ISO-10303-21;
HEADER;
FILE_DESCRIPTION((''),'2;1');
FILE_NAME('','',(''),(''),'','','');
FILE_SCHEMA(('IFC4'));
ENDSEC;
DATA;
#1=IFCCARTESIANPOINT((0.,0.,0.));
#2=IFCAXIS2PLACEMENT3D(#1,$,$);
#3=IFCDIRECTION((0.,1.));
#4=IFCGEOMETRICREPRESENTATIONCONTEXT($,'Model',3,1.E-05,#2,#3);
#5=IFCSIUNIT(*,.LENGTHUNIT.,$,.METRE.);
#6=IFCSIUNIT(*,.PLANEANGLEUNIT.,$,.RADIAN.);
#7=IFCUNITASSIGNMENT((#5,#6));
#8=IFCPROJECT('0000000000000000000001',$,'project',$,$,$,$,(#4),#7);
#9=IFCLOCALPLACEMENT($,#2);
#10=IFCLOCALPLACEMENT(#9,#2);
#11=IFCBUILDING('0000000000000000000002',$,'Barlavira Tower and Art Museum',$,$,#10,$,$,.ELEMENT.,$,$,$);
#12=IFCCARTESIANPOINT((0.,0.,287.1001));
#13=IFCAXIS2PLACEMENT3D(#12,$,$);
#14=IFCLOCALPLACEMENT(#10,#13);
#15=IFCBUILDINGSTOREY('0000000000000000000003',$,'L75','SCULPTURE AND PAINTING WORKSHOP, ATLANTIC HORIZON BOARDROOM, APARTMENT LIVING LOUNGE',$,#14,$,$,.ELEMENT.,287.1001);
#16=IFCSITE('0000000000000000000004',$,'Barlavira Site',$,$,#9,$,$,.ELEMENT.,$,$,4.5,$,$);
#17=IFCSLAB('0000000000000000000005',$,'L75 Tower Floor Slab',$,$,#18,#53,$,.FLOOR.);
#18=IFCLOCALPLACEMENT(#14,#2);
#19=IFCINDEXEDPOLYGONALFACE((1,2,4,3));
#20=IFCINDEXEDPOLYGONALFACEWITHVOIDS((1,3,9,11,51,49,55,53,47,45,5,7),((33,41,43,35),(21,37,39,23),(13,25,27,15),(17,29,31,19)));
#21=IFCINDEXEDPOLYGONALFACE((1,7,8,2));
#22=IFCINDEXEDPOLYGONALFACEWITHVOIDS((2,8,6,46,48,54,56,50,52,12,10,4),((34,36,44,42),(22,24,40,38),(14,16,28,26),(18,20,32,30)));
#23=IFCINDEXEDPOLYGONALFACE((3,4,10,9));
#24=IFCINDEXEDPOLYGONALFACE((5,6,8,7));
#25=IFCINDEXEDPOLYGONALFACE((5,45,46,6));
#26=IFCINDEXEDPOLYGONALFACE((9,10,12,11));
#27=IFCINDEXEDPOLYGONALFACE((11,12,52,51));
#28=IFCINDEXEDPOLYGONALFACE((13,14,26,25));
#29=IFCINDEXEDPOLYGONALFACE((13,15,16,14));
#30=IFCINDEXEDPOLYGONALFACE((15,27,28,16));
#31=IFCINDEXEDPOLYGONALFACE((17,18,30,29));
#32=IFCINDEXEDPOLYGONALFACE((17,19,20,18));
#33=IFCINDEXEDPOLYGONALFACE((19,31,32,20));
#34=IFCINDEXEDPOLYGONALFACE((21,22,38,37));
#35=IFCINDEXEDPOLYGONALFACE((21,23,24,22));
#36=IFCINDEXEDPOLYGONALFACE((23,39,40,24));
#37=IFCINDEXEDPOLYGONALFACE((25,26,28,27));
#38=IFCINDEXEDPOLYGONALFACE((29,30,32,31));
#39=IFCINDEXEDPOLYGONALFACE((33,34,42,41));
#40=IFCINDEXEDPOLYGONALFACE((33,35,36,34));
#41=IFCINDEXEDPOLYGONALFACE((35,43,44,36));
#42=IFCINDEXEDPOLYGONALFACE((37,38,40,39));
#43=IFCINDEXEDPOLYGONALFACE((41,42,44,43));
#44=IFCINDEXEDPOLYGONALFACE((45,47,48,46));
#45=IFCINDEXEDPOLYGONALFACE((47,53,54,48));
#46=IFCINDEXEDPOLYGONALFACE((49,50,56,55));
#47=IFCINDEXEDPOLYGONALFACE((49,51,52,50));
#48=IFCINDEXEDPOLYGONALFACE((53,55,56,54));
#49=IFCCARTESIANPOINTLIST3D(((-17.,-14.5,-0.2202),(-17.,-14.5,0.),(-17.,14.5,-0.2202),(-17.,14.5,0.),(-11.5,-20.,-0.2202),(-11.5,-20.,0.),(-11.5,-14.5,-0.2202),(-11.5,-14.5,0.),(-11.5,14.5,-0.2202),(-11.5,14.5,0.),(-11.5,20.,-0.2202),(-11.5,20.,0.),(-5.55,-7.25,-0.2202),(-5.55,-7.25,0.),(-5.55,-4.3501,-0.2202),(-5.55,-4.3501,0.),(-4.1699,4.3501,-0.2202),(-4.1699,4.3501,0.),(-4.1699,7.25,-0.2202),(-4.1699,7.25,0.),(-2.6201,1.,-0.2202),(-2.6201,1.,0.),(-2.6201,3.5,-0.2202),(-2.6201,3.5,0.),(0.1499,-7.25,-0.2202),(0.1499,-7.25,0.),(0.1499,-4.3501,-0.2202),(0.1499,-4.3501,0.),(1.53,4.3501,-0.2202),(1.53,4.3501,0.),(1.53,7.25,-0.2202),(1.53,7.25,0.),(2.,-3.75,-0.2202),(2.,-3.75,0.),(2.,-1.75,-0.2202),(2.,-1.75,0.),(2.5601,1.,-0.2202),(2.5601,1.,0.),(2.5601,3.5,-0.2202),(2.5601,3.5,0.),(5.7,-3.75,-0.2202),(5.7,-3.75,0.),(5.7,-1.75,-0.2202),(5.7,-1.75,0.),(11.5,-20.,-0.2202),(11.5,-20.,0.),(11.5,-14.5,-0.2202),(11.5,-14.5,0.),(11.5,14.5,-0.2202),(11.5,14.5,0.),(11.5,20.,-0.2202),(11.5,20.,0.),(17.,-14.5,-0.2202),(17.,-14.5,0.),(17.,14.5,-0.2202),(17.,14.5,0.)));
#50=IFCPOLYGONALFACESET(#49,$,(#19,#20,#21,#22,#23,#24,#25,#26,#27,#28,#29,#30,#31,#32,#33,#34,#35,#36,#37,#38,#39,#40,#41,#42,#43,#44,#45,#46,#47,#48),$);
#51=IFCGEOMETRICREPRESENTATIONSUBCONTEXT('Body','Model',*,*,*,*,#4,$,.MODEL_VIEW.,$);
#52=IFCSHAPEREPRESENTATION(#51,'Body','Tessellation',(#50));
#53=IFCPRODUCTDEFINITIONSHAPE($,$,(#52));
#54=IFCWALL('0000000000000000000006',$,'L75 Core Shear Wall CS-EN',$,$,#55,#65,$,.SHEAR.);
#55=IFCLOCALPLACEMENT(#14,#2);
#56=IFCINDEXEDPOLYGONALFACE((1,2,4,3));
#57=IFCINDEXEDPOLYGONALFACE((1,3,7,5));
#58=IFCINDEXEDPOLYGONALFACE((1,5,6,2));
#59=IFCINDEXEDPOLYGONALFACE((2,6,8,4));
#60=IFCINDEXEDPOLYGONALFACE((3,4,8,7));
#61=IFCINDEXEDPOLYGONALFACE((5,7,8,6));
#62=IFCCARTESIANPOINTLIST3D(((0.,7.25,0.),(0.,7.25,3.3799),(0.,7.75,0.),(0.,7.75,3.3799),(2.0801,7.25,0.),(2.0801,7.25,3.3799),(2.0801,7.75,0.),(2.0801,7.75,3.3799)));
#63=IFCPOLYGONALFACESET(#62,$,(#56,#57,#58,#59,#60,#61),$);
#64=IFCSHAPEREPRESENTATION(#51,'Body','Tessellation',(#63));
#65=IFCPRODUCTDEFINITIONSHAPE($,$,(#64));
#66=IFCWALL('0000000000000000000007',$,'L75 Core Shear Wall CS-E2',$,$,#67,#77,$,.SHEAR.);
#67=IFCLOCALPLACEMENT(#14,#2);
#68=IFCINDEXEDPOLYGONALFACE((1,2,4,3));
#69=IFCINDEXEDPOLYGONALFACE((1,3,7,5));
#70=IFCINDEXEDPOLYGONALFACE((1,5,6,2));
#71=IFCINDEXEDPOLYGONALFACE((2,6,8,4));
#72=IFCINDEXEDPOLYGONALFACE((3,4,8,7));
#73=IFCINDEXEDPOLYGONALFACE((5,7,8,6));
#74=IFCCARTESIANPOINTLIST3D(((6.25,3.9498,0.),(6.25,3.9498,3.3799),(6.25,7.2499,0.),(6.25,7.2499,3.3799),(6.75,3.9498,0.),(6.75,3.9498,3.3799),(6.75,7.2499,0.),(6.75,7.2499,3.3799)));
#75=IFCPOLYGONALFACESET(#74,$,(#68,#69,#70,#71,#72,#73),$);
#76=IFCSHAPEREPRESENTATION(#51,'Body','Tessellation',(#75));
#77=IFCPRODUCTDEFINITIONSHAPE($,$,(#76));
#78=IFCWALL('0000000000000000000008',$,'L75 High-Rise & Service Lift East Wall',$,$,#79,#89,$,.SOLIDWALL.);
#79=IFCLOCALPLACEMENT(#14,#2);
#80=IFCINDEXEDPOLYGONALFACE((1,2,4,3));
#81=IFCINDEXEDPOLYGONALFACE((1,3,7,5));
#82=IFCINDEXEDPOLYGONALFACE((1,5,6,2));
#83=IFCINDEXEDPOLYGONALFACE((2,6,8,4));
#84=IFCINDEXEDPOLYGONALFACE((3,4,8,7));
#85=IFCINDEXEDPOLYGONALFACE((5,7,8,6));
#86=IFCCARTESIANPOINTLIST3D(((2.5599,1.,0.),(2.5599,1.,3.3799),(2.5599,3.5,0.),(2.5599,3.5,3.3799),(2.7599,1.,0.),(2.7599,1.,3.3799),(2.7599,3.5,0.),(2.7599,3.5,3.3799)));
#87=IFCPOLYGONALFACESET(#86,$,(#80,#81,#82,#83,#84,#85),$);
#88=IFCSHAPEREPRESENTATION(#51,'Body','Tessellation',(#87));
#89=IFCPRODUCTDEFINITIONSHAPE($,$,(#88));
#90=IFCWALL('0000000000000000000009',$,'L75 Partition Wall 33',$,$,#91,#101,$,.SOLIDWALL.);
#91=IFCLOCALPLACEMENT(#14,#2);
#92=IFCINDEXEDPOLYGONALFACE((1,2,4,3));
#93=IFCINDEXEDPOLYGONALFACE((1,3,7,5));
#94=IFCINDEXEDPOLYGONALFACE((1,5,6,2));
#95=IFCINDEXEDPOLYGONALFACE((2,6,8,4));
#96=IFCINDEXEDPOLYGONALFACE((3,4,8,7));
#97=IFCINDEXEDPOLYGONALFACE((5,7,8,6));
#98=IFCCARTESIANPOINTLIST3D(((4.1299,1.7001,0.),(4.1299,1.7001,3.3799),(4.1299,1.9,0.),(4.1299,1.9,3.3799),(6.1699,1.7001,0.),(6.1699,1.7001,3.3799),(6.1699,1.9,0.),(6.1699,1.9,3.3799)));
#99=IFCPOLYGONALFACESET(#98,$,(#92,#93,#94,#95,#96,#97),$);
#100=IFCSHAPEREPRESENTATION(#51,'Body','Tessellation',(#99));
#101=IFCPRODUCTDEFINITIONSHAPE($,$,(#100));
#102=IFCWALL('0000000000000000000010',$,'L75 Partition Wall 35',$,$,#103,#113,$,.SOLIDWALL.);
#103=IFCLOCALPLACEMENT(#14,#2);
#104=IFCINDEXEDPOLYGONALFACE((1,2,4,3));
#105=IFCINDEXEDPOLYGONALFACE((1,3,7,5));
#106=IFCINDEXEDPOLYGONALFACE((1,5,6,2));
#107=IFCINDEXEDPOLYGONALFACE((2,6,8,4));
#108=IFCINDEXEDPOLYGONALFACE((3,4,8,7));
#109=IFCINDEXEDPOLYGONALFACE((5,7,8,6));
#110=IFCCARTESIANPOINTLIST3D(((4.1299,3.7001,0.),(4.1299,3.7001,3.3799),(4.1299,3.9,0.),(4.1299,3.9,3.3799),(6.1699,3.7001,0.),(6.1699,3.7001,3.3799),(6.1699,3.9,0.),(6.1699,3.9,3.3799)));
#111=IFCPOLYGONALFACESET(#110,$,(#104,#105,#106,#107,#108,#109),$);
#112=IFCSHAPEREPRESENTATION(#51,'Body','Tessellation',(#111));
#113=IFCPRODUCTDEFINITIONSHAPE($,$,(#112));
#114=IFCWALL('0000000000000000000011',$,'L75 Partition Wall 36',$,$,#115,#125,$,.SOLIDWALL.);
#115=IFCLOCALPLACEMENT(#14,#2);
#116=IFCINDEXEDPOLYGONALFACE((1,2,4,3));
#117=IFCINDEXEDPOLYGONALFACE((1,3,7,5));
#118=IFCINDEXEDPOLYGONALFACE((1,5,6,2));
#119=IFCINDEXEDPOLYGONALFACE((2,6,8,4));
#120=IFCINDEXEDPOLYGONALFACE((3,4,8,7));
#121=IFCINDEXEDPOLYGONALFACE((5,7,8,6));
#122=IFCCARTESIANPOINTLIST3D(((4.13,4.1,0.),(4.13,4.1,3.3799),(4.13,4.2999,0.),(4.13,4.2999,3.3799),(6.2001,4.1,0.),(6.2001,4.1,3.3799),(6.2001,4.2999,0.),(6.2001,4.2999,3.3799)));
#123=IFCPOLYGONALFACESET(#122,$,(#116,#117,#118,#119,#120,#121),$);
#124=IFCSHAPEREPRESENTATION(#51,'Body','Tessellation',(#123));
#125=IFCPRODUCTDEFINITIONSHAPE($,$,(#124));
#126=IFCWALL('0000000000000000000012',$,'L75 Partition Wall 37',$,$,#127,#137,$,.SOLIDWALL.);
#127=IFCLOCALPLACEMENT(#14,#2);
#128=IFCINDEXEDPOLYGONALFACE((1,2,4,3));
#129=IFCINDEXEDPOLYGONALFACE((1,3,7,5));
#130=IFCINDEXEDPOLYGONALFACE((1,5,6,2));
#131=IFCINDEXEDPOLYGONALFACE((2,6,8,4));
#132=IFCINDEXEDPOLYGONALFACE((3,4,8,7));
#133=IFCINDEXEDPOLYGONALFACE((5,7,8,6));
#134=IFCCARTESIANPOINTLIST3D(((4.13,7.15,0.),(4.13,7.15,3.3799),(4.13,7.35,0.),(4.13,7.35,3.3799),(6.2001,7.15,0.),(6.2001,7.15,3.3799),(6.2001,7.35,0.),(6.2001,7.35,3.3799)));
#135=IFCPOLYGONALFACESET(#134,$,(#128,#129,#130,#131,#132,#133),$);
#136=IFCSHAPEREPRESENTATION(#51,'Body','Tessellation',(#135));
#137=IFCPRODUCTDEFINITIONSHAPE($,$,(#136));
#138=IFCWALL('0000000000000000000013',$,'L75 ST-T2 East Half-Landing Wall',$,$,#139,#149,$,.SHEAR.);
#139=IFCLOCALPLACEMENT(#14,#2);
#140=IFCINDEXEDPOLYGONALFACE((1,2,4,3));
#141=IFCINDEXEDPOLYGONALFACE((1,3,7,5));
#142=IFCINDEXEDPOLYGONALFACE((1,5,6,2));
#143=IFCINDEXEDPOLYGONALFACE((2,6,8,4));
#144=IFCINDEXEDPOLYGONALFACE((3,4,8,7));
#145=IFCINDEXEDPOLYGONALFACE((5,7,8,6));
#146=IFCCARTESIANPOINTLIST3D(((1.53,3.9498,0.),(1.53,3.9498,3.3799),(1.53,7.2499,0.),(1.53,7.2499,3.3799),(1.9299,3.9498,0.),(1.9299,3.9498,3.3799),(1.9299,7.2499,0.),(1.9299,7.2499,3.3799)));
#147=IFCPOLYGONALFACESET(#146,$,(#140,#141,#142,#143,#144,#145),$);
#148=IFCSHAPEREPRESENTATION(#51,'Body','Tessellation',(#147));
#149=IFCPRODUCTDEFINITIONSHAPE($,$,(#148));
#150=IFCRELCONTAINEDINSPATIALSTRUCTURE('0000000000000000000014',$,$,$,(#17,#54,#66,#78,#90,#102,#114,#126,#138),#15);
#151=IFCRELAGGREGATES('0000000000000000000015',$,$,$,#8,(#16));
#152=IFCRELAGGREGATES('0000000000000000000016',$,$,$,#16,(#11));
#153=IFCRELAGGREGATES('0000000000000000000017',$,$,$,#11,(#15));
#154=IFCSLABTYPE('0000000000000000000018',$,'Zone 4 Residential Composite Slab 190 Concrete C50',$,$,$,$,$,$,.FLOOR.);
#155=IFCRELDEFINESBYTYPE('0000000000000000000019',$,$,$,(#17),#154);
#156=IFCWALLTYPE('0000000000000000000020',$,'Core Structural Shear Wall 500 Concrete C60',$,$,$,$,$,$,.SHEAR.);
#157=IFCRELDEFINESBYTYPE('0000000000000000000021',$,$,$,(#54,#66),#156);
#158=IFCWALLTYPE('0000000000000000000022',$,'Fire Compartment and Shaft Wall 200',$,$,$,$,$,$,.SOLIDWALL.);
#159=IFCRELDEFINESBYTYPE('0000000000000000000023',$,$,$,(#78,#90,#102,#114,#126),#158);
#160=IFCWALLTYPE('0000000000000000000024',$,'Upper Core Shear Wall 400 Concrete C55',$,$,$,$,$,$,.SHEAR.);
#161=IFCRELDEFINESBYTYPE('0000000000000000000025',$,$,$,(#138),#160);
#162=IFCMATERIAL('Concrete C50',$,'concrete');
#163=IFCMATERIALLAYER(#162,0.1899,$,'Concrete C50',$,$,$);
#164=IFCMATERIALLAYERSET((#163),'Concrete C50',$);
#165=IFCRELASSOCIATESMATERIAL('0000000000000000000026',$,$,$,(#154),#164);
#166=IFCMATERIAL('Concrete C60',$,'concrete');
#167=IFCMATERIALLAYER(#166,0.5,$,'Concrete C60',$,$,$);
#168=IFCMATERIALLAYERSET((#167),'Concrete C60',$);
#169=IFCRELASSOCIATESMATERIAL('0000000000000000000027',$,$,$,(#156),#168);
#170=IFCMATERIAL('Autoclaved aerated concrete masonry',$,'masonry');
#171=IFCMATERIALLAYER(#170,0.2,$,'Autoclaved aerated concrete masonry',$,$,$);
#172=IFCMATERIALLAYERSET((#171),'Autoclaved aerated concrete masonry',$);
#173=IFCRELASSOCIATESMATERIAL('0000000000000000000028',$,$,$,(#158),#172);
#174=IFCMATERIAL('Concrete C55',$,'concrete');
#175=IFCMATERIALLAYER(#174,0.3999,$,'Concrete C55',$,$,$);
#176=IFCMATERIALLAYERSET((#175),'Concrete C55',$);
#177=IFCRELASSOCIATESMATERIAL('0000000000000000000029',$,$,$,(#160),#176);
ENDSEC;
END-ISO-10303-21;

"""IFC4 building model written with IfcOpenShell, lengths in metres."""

from ifc_helpers import new_model, si_unit, direction, frame, frame_2d, origin, place, context, subcontext, project, spatial, polyline, rectangle, outline, extrude, material, layer, layer_set, type_object, element, save


model = new_model("IFC4")

# Units and contexts
model_context = context("Model", 3, precision=1e-05, world=origin(), true_north=direction((0.0, 1.0)))
body_context = subcontext(model_context, "Body", "Model", "MODEL_VIEW")
ifc_project = project(units=[si_unit("LENGTHUNIT", "METRE"), si_unit("PLANEANGLEUNIT", "RADIAN")], contexts=[model_context])

# Site, building, storey
site_placement = place(None, origin())
site = spatial("IfcSite", under=ifc_project, at=site_placement, Name="Barlavira Site", CompositionType="ELEMENT", RefElevation=4.5)
building_placement = place(site_placement, origin())
building = spatial("IfcBuilding", under=site, at=building_placement, Name="Barlavira Tower and Art Museum", CompositionType="ELEMENT")
storey_placement = place(building_placement, frame((0.0, 0.0, 287.1001)))
storey = spatial("IfcBuildingStorey", under=building, at=storey_placement, Name="L75", Description="SCULPTURE AND PAINTING WORKSHOP, ATLANTIC HORIZON BOARDROOM, APARTMENT LIVING LOUNGE", CompositionType="ELEMENT", Elevation=287.1001)

# Slab
ifc_material_1 = material(Name="Concrete C50", Category="concrete")
ifc_layer_1 = layer(ifc_material_1, 0.1899, Name="Concrete C50")
ifc_layer_set_1 = layer_set([ifc_layer_1], Name="Concrete C50")
slab_type_1 = type_object("IfcSlabType", Name="Zone 4 Residential Composite Slab 190 Concrete C50", PredefinedType="FLOOR", material=ifc_layer_set_1)
slab_1_placement = place(storey_placement, frame((0.0, 0.0, -0.2202)))
element("IfcSlab", 1, at=slab_1_placement, inside=storey, type_object=slab_type_1, Name="L75 Tower Floor Slab", PredefinedType="FLOOR", context=body_context, shape_type="SweptSolid", body=[
    extrude(outline(polyline([(-11.5, -20.0), (11.5, -20.0), (11.5, -14.5), (17.0, -14.5), (17.0, 14.5), (11.5, 14.5), (11.5, 20.0), (-11.5, 20.0), (-11.5, 14.5), (-17.0, 14.5), (-17.0, -14.5), (-11.5, -14.5), (-11.5, -20.0)]), holes=[polyline([(0.1499, -4.3501), (-5.55, -4.3501), (-5.55, -7.25), (0.1499, -7.25), (0.1499, -4.3501)]), polyline([(-4.1699, 4.3501), (1.53, 4.3501), (1.53, 7.25), (-4.1699, 7.25), (-4.1699, 4.3501)]), polyline([(-2.6201, 1.0), (2.5601, 1.0), (2.5601, 3.5), (-2.6201, 3.5), (-2.6201, 1.0)]), polyline([(2.0, -3.75), (5.7, -3.75), (5.7, -1.75), (2.0, -1.75), (2.0, -3.75)])]), origin(), (0.0, 0.0, 1.0), 0.2202),
])

# Walls
ifc_material_2 = material(Name="Concrete C60", Category="concrete")
ifc_layer_2 = layer(ifc_material_2, 0.5, Name="Concrete C60")
ifc_layer_set_2 = layer_set([ifc_layer_2], Name="Concrete C60")
wall_type_1 = type_object("IfcWallType", Name="Core Structural Shear Wall 500 Concrete C60", PredefinedType="SHEAR", material=ifc_layer_set_2)
wall_1_placement = place(storey_placement, frame((0.0, 7.5, 0.0), z_axis=(0.0, 0.0, 1.0), x_axis=(1.0, 0.0, 0.0)))
element("IfcWall", 2, at=wall_1_placement, inside=storey, type_object=wall_type_1, Name="L75 Core Shear Wall CS-EN", PredefinedType="SHEAR", context=body_context, shape_type="SweptSolid", body=[
    extrude(rectangle(XDim=2.0801, YDim=0.5, at=frame_2d((1.04, 0.0))), origin(), (0.0, 0.0, 1.0), 3.3799),
])
wall_2_placement = place(storey_placement, frame((6.5, 3.95, 0.0), z_axis=(0.0, 0.0, 1.0), x_axis=(0.0, 1.0, 0.0)))
element("IfcWall", 3, at=wall_2_placement, inside=storey, type_object=wall_type_1, Name="L75 Core Shear Wall CS-E2", PredefinedType="SHEAR", context=body_context, shape_type="SweptSolid", body=[
    extrude(rectangle(XDim=3.3, YDim=0.5, at=frame_2d((1.6499, 0.0))), origin(), (0.0, 0.0, 1.0), 3.3799),
])
ifc_material_3 = material(Name="Autoclaved aerated concrete masonry", Category="masonry")
ifc_layer_3 = layer(ifc_material_3, 0.2, Name="Autoclaved aerated concrete masonry")
ifc_layer_set_3 = layer_set([ifc_layer_3], Name="Autoclaved aerated concrete masonry")
wall_type_2 = type_object("IfcWallType", Name="Fire Compartment and Shaft Wall 200", PredefinedType="SOLIDWALL", material=ifc_layer_set_3)
wall_3_placement = place(storey_placement, frame((2.6599, 1.0, 0.0), z_axis=(0.0, 0.0, 1.0), x_axis=(0.0, 1.0, 0.0)))
element("IfcWall", 4, at=wall_3_placement, inside=storey, type_object=wall_type_2, Name="L75 High-Rise & Service Lift East Wall", PredefinedType="SOLIDWALL", context=body_context, shape_type="SweptSolid", body=[
    extrude(rectangle(XDim=2.5, YDim=0.2, at=frame_2d((1.25, 0.0))), origin(), (0.0, 0.0, 1.0), 3.3799),
])

# Walls
for number, where, z_axis, x_axis, name in (
    (5, (4.1299, 1.8, 0.0), (0.0, 0.0, 1.0), (1.0, 0.0, 0.0), "L75 Partition Wall 33"),
    (6, (4.1299, 3.8, 0.0), (0.0, 0.0, 1.0), (1.0, 0.0, 0.0), "L75 Partition Wall 35"),
):
    element("IfcWall", number, at=place(storey_placement, frame(where, z_axis=z_axis, x_axis=x_axis)), inside=storey, type_object=wall_type_2, Name=name, PredefinedType="SOLIDWALL", context=body_context, shape_type="SweptSolid", body=[
        extrude(rectangle(XDim=2.04, YDim=0.2, at=frame_2d((1.02, 0.0))), origin(), (0.0, 0.0, 1.0), 3.3799),
    ])
for number, where, z_axis, x_axis, name in (
    (7, (4.1299, 4.2, 0.0), (0.0, 0.0, 1.0), (1.0, 0.0, 0.0), "L75 Partition Wall 36"),
    (8, (4.1299, 7.25, 0.0), (0.0, 0.0, 1.0), (1.0, 0.0, 0.0), "L75 Partition Wall 37"),
):
    element("IfcWall", number, at=place(storey_placement, frame(where, z_axis=z_axis, x_axis=x_axis)), inside=storey, type_object=wall_type_2, Name=name, PredefinedType="SOLIDWALL", context=body_context, shape_type="SweptSolid", body=[
        extrude(rectangle(XDim=2.0701, YDim=0.2, at=frame_2d((1.0352, 0.0))), origin(), (0.0, 0.0, 1.0), 3.3799),
    ])
ifc_material_4 = material(Name="Concrete C55", Category="concrete")
ifc_layer_4 = layer(ifc_material_4, 0.3999, Name="Concrete C55")
ifc_layer_set_4 = layer_set([ifc_layer_4], Name="Concrete C55")
wall_type_3 = type_object("IfcWallType", Name="Upper Core Shear Wall 400 Concrete C55", PredefinedType="SHEAR", material=ifc_layer_set_4)
wall_4_placement = place(storey_placement, frame((1.73, 3.95, 0.0), z_axis=(0.0, 0.0, 1.0), x_axis=(0.0, 1.0, 0.0)))
element("IfcWall", 9, at=wall_4_placement, inside=storey, type_object=wall_type_3, Name="L75 ST-T2 East Half-Landing Wall", PredefinedType="SHEAR", context=body_context, shape_type="SweptSolid", body=[
    extrude(rectangle(XDim=3.3, YDim=0.3999, at=frame_2d((1.6499, 0.0))), origin(), (0.0, 0.0, 1.0), 3.3799),
])

save(model, "model.ifc")
